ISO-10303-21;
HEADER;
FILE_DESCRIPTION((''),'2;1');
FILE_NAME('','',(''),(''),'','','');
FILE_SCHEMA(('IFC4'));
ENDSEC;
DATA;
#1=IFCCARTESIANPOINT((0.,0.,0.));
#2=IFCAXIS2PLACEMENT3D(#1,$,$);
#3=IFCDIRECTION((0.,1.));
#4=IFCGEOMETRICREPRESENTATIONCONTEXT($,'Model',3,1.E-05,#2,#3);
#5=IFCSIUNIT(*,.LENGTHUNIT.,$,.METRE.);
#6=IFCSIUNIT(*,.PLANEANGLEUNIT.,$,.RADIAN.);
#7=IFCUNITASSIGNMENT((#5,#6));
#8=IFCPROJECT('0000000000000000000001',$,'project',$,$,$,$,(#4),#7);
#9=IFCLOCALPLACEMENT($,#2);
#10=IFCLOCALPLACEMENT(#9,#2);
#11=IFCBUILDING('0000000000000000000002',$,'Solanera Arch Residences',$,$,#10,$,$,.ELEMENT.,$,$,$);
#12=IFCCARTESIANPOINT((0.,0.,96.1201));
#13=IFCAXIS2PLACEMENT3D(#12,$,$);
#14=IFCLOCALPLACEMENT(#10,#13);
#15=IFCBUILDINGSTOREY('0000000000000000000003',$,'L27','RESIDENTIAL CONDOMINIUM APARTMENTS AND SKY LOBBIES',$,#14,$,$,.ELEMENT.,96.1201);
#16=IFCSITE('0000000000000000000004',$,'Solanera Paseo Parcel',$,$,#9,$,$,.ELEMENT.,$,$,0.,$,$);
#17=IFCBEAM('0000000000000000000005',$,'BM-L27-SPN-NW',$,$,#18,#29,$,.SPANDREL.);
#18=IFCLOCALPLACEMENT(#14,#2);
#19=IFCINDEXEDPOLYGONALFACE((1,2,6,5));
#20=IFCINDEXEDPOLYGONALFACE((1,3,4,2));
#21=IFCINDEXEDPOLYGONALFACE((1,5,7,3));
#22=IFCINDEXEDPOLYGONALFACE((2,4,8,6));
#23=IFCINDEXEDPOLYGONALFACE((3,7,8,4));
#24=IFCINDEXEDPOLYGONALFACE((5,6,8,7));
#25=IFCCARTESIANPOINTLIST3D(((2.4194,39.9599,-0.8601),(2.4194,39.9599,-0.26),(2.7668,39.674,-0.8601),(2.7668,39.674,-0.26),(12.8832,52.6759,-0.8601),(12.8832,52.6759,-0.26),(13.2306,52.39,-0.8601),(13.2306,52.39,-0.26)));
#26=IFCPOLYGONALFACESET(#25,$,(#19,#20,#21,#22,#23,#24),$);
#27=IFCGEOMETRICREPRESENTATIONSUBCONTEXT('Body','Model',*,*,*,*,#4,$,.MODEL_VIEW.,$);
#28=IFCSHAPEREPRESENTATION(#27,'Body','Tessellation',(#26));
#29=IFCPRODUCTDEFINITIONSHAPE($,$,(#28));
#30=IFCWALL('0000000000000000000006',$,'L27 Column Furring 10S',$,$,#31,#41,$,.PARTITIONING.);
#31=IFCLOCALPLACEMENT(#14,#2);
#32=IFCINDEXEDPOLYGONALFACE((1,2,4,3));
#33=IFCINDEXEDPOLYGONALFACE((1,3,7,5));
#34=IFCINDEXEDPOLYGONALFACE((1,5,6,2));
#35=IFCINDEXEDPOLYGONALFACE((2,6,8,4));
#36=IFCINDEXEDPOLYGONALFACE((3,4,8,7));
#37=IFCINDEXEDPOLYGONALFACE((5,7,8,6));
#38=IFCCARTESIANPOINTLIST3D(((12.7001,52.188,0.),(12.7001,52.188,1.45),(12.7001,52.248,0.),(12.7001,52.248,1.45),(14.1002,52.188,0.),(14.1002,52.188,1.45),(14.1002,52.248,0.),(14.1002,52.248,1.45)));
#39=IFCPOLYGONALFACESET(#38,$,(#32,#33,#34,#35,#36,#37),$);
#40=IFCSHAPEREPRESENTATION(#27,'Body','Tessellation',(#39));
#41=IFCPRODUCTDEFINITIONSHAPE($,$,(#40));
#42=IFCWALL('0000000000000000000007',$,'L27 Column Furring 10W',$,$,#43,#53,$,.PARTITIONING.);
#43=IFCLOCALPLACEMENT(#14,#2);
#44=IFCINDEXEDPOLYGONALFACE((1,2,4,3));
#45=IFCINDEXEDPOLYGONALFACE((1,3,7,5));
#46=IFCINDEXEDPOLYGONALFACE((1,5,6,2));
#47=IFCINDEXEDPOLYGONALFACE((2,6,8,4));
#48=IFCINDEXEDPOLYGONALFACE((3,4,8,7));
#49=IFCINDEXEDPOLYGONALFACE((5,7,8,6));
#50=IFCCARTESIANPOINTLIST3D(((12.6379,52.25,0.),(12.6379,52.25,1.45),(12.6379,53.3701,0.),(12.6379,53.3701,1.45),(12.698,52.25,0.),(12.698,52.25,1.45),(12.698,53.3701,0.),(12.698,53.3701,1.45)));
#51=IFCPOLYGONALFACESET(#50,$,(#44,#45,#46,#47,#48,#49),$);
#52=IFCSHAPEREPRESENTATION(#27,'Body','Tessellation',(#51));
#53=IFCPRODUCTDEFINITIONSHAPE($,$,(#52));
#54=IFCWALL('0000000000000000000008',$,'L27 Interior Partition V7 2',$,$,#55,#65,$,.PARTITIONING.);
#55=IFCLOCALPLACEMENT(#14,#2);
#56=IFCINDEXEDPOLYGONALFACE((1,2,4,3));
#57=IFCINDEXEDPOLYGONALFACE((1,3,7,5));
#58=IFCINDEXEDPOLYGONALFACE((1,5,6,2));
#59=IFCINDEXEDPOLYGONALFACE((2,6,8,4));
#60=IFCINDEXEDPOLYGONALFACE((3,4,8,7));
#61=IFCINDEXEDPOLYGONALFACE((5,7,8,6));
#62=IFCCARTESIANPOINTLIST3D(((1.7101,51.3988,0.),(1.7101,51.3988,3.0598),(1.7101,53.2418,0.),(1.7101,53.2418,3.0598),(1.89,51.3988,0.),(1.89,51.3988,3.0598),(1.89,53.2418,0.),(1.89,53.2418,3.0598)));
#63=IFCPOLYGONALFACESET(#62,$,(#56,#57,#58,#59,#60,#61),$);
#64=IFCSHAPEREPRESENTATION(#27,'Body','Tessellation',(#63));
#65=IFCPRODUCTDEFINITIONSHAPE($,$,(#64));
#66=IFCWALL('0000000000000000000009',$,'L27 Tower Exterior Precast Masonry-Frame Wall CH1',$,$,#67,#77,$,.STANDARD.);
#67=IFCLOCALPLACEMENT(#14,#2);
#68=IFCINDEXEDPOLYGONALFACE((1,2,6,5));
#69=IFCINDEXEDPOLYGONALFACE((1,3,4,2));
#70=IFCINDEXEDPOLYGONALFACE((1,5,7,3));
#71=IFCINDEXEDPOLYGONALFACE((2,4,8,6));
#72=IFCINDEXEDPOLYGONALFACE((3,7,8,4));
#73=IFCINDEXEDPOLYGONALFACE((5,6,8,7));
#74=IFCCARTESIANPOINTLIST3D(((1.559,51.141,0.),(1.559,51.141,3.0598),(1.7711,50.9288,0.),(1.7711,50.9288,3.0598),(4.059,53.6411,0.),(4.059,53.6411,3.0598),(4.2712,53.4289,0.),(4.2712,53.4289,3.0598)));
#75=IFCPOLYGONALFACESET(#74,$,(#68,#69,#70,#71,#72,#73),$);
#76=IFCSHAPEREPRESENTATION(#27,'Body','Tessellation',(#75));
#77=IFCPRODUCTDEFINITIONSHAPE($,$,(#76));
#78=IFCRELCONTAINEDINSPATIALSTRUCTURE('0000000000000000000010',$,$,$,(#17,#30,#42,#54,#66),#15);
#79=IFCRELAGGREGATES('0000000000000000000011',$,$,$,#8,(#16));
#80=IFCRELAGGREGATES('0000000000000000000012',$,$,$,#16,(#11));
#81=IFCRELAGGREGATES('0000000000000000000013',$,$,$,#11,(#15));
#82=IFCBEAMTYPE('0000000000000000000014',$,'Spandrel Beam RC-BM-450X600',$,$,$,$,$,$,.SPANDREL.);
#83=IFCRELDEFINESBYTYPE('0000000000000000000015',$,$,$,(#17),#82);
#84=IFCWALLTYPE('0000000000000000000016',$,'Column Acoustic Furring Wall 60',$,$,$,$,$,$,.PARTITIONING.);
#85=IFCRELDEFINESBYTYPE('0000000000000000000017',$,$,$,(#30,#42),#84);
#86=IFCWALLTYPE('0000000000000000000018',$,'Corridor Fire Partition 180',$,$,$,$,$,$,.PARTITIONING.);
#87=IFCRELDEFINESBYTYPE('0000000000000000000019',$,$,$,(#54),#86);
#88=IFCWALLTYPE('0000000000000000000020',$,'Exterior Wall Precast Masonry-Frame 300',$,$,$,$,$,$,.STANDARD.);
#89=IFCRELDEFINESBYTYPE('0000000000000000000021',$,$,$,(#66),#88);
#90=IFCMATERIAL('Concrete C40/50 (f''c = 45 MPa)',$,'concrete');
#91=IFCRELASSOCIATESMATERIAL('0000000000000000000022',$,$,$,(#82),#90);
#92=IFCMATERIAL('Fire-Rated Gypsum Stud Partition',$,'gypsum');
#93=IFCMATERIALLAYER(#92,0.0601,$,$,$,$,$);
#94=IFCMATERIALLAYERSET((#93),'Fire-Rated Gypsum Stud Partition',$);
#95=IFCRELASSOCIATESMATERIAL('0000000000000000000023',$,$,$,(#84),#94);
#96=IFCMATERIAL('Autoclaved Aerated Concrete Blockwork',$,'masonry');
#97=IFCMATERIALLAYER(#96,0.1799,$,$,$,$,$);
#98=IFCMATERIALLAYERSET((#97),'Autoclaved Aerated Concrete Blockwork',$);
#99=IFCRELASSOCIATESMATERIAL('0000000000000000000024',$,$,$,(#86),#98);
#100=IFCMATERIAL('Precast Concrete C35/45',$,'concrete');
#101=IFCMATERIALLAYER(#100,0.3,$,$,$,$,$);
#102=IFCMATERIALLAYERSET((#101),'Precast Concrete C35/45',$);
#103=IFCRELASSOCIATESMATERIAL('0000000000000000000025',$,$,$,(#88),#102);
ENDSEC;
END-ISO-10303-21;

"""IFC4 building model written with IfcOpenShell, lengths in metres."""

from ifc_helpers import new_model, si_unit, direction, frame, frame_2d, origin, origin_2d, place, context, subcontext, project, spatial, rectangle, extrude, material, layer, layer_set, material_profile, profile_set, type_object, element, save


model = new_model("IFC4")

# Units and contexts
model_context = context("Model", 3, precision=1e-05, world=origin(), true_north=direction((0.0, 1.0)))
body_context = subcontext(model_context, "Body", "Model", "MODEL_VIEW")
ifc_project = project(units=[si_unit("LENGTHUNIT", "METRE"), si_unit("PLANEANGLEUNIT", "RADIAN")], contexts=[model_context])

# Site, building, storey
site_placement = place(None, origin())
site = spatial("IfcSite", under=ifc_project, at=site_placement, Name="Solanera Paseo Parcel", CompositionType="ELEMENT", RefElevation=0.0)
building_placement = place(site_placement, origin())
building = spatial("IfcBuilding", under=site, at=building_placement, Name="Solanera Arch Residences", CompositionType="ELEMENT")
storey_placement = place(building_placement, frame((0.0, 0.0, 96.1201)))
storey = spatial("IfcBuildingStorey", under=building, at=storey_placement, Name="L27", Description="RESIDENTIAL CONDOMINIUM APARTMENTS AND SKY LOBBIES", CompositionType="ELEMENT", Elevation=96.1201)

# Beam
ifc_material_1 = material(Name="Concrete C40/50 (f'c = 45 MPa)", Category="concrete")
ifc_material_profile = material_profile(ifc_material_1, rectangle(XDim=0.45, YDim=0.6001, at=origin_2d()))
ifc_profile_set = profile_set([ifc_material_profile], Name="Concrete C40/50 (f'c = 45 MPa)")
beam_type = type_object("IfcBeamType", Name="Spandrel Beam RC-BM-450X600", PredefinedType="SPANDREL", material=ifc_profile_set)
beam_placement = place(storey_placement, frame((13.0569, 52.533, -0.5601), z_axis=(-0.635411, -0.772174, 0.0), x_axis=(0.772174, -0.635411, 0.0)))
element("IfcBeam", 1, at=beam_placement, inside=storey, type_object=beam_type, Name="BM-L27-SPN-NW", PredefinedType="SPANDREL", context=body_context, shape_type="SweptSolid", body=[
    extrude(rectangle(XDim=0.45, YDim=0.6001, at=origin_2d()), origin(), (0.0, 0.0, 1.0), 16.4678),
])

# Walls
ifc_material_2 = material(Name="Fire-Rated Gypsum Stud Partition", Category="gypsum")
ifc_layer_1 = layer(ifc_material_2, 0.0601)
ifc_layer_set_1 = layer_set([ifc_layer_1], Name="Fire-Rated Gypsum Stud Partition")
wall_type_1 = type_object("IfcWallType", Name="Column Acoustic Furring Wall 60", PredefinedType="PARTITIONING", material=ifc_layer_set_1)
wall_1_placement = place(storey_placement, frame((12.7, 52.218, 0.0), z_axis=(0.0, 0.0, 1.0), x_axis=(1.0, 0.0, 0.0)))
element("IfcWall", 2, at=wall_1_placement, inside=storey, type_object=wall_type_1, Name="L27 Column Furring 10S", PredefinedType="PARTITIONING", context=body_context, shape_type="SweptSolid", body=[
    extrude(rectangle(XDim=1.4001, YDim=0.0601, at=frame_2d((0.7002, 0.0))), origin(), (0.0, 0.0, 1.0), 1.45),
])
wall_2_placement = place(storey_placement, frame((12.668, 52.25, 0.0), z_axis=(0.0, 0.0, 1.0), x_axis=(0.0, 1.0, 0.0)))
element("IfcWall", 3, at=wall_2_placement, inside=storey, type_object=wall_type_1, Name="L27 Column Furring 10W", PredefinedType="PARTITIONING", context=body_context, shape_type="SweptSolid", body=[
    extrude(rectangle(XDim=1.1201, YDim=0.0601, at=frame_2d((0.5601, 0.0))), origin(), (0.0, 0.0, 1.0), 1.45),
])
ifc_material_3 = material(Name="Autoclaved Aerated Concrete Blockwork", Category="masonry")
ifc_layer_2 = layer(ifc_material_3, 0.1799)
ifc_layer_set_2 = layer_set([ifc_layer_2], Name="Autoclaved Aerated Concrete Blockwork")
wall_type_2 = type_object("IfcWallType", Name="Corridor Fire Partition 180", PredefinedType="PARTITIONING", material=ifc_layer_set_2)
wall_3_placement = place(storey_placement, frame((1.8, 51.3989, 0.0), z_axis=(0.0, 0.0, 1.0), x_axis=(0.0, 1.0, 0.0)))
element("IfcWall", 4, at=wall_3_placement, inside=storey, type_object=wall_type_2, Name="L27 Interior Partition V7 2", PredefinedType="PARTITIONING", context=body_context, shape_type="SweptSolid", body=[
    extrude(rectangle(XDim=1.843, YDim=0.1799, at=frame_2d((0.9214, 0.0))), origin(), (0.0, 0.0, 1.0), 3.0598),
])
ifc_material_4 = material(Name="Precast Concrete C35/45", Category="concrete")
ifc_layer_3 = layer(ifc_material_4, 0.3)
ifc_layer_set_3 = layer_set([ifc_layer_3], Name="Precast Concrete C35/45")
wall_type_3 = type_object("IfcWallType", Name="Exterior Wall Precast Masonry-Frame 300", PredefinedType="STANDARD", material=ifc_layer_set_3)
wall_4_placement = place(storey_placement, frame((1.665, 51.0349, 0.0), z_axis=(0.0, 0.0, 1.0), x_axis=(0.707107, 0.707107, 0.0)))
element("IfcWall", 5, at=wall_4_placement, inside=storey, type_object=wall_type_3, Name="L27 Tower Exterior Precast Masonry-Frame Wall CH1", PredefinedType="STANDARD", context=body_context, shape_type="SweptSolid", body=[
    extrude(rectangle(XDim=3.5356, YDim=0.3, at=frame_2d((1.7678, 0.0))), origin(), (0.0, 0.0, 1.0), 3.0598),
])

save(model, "model.ifc")
